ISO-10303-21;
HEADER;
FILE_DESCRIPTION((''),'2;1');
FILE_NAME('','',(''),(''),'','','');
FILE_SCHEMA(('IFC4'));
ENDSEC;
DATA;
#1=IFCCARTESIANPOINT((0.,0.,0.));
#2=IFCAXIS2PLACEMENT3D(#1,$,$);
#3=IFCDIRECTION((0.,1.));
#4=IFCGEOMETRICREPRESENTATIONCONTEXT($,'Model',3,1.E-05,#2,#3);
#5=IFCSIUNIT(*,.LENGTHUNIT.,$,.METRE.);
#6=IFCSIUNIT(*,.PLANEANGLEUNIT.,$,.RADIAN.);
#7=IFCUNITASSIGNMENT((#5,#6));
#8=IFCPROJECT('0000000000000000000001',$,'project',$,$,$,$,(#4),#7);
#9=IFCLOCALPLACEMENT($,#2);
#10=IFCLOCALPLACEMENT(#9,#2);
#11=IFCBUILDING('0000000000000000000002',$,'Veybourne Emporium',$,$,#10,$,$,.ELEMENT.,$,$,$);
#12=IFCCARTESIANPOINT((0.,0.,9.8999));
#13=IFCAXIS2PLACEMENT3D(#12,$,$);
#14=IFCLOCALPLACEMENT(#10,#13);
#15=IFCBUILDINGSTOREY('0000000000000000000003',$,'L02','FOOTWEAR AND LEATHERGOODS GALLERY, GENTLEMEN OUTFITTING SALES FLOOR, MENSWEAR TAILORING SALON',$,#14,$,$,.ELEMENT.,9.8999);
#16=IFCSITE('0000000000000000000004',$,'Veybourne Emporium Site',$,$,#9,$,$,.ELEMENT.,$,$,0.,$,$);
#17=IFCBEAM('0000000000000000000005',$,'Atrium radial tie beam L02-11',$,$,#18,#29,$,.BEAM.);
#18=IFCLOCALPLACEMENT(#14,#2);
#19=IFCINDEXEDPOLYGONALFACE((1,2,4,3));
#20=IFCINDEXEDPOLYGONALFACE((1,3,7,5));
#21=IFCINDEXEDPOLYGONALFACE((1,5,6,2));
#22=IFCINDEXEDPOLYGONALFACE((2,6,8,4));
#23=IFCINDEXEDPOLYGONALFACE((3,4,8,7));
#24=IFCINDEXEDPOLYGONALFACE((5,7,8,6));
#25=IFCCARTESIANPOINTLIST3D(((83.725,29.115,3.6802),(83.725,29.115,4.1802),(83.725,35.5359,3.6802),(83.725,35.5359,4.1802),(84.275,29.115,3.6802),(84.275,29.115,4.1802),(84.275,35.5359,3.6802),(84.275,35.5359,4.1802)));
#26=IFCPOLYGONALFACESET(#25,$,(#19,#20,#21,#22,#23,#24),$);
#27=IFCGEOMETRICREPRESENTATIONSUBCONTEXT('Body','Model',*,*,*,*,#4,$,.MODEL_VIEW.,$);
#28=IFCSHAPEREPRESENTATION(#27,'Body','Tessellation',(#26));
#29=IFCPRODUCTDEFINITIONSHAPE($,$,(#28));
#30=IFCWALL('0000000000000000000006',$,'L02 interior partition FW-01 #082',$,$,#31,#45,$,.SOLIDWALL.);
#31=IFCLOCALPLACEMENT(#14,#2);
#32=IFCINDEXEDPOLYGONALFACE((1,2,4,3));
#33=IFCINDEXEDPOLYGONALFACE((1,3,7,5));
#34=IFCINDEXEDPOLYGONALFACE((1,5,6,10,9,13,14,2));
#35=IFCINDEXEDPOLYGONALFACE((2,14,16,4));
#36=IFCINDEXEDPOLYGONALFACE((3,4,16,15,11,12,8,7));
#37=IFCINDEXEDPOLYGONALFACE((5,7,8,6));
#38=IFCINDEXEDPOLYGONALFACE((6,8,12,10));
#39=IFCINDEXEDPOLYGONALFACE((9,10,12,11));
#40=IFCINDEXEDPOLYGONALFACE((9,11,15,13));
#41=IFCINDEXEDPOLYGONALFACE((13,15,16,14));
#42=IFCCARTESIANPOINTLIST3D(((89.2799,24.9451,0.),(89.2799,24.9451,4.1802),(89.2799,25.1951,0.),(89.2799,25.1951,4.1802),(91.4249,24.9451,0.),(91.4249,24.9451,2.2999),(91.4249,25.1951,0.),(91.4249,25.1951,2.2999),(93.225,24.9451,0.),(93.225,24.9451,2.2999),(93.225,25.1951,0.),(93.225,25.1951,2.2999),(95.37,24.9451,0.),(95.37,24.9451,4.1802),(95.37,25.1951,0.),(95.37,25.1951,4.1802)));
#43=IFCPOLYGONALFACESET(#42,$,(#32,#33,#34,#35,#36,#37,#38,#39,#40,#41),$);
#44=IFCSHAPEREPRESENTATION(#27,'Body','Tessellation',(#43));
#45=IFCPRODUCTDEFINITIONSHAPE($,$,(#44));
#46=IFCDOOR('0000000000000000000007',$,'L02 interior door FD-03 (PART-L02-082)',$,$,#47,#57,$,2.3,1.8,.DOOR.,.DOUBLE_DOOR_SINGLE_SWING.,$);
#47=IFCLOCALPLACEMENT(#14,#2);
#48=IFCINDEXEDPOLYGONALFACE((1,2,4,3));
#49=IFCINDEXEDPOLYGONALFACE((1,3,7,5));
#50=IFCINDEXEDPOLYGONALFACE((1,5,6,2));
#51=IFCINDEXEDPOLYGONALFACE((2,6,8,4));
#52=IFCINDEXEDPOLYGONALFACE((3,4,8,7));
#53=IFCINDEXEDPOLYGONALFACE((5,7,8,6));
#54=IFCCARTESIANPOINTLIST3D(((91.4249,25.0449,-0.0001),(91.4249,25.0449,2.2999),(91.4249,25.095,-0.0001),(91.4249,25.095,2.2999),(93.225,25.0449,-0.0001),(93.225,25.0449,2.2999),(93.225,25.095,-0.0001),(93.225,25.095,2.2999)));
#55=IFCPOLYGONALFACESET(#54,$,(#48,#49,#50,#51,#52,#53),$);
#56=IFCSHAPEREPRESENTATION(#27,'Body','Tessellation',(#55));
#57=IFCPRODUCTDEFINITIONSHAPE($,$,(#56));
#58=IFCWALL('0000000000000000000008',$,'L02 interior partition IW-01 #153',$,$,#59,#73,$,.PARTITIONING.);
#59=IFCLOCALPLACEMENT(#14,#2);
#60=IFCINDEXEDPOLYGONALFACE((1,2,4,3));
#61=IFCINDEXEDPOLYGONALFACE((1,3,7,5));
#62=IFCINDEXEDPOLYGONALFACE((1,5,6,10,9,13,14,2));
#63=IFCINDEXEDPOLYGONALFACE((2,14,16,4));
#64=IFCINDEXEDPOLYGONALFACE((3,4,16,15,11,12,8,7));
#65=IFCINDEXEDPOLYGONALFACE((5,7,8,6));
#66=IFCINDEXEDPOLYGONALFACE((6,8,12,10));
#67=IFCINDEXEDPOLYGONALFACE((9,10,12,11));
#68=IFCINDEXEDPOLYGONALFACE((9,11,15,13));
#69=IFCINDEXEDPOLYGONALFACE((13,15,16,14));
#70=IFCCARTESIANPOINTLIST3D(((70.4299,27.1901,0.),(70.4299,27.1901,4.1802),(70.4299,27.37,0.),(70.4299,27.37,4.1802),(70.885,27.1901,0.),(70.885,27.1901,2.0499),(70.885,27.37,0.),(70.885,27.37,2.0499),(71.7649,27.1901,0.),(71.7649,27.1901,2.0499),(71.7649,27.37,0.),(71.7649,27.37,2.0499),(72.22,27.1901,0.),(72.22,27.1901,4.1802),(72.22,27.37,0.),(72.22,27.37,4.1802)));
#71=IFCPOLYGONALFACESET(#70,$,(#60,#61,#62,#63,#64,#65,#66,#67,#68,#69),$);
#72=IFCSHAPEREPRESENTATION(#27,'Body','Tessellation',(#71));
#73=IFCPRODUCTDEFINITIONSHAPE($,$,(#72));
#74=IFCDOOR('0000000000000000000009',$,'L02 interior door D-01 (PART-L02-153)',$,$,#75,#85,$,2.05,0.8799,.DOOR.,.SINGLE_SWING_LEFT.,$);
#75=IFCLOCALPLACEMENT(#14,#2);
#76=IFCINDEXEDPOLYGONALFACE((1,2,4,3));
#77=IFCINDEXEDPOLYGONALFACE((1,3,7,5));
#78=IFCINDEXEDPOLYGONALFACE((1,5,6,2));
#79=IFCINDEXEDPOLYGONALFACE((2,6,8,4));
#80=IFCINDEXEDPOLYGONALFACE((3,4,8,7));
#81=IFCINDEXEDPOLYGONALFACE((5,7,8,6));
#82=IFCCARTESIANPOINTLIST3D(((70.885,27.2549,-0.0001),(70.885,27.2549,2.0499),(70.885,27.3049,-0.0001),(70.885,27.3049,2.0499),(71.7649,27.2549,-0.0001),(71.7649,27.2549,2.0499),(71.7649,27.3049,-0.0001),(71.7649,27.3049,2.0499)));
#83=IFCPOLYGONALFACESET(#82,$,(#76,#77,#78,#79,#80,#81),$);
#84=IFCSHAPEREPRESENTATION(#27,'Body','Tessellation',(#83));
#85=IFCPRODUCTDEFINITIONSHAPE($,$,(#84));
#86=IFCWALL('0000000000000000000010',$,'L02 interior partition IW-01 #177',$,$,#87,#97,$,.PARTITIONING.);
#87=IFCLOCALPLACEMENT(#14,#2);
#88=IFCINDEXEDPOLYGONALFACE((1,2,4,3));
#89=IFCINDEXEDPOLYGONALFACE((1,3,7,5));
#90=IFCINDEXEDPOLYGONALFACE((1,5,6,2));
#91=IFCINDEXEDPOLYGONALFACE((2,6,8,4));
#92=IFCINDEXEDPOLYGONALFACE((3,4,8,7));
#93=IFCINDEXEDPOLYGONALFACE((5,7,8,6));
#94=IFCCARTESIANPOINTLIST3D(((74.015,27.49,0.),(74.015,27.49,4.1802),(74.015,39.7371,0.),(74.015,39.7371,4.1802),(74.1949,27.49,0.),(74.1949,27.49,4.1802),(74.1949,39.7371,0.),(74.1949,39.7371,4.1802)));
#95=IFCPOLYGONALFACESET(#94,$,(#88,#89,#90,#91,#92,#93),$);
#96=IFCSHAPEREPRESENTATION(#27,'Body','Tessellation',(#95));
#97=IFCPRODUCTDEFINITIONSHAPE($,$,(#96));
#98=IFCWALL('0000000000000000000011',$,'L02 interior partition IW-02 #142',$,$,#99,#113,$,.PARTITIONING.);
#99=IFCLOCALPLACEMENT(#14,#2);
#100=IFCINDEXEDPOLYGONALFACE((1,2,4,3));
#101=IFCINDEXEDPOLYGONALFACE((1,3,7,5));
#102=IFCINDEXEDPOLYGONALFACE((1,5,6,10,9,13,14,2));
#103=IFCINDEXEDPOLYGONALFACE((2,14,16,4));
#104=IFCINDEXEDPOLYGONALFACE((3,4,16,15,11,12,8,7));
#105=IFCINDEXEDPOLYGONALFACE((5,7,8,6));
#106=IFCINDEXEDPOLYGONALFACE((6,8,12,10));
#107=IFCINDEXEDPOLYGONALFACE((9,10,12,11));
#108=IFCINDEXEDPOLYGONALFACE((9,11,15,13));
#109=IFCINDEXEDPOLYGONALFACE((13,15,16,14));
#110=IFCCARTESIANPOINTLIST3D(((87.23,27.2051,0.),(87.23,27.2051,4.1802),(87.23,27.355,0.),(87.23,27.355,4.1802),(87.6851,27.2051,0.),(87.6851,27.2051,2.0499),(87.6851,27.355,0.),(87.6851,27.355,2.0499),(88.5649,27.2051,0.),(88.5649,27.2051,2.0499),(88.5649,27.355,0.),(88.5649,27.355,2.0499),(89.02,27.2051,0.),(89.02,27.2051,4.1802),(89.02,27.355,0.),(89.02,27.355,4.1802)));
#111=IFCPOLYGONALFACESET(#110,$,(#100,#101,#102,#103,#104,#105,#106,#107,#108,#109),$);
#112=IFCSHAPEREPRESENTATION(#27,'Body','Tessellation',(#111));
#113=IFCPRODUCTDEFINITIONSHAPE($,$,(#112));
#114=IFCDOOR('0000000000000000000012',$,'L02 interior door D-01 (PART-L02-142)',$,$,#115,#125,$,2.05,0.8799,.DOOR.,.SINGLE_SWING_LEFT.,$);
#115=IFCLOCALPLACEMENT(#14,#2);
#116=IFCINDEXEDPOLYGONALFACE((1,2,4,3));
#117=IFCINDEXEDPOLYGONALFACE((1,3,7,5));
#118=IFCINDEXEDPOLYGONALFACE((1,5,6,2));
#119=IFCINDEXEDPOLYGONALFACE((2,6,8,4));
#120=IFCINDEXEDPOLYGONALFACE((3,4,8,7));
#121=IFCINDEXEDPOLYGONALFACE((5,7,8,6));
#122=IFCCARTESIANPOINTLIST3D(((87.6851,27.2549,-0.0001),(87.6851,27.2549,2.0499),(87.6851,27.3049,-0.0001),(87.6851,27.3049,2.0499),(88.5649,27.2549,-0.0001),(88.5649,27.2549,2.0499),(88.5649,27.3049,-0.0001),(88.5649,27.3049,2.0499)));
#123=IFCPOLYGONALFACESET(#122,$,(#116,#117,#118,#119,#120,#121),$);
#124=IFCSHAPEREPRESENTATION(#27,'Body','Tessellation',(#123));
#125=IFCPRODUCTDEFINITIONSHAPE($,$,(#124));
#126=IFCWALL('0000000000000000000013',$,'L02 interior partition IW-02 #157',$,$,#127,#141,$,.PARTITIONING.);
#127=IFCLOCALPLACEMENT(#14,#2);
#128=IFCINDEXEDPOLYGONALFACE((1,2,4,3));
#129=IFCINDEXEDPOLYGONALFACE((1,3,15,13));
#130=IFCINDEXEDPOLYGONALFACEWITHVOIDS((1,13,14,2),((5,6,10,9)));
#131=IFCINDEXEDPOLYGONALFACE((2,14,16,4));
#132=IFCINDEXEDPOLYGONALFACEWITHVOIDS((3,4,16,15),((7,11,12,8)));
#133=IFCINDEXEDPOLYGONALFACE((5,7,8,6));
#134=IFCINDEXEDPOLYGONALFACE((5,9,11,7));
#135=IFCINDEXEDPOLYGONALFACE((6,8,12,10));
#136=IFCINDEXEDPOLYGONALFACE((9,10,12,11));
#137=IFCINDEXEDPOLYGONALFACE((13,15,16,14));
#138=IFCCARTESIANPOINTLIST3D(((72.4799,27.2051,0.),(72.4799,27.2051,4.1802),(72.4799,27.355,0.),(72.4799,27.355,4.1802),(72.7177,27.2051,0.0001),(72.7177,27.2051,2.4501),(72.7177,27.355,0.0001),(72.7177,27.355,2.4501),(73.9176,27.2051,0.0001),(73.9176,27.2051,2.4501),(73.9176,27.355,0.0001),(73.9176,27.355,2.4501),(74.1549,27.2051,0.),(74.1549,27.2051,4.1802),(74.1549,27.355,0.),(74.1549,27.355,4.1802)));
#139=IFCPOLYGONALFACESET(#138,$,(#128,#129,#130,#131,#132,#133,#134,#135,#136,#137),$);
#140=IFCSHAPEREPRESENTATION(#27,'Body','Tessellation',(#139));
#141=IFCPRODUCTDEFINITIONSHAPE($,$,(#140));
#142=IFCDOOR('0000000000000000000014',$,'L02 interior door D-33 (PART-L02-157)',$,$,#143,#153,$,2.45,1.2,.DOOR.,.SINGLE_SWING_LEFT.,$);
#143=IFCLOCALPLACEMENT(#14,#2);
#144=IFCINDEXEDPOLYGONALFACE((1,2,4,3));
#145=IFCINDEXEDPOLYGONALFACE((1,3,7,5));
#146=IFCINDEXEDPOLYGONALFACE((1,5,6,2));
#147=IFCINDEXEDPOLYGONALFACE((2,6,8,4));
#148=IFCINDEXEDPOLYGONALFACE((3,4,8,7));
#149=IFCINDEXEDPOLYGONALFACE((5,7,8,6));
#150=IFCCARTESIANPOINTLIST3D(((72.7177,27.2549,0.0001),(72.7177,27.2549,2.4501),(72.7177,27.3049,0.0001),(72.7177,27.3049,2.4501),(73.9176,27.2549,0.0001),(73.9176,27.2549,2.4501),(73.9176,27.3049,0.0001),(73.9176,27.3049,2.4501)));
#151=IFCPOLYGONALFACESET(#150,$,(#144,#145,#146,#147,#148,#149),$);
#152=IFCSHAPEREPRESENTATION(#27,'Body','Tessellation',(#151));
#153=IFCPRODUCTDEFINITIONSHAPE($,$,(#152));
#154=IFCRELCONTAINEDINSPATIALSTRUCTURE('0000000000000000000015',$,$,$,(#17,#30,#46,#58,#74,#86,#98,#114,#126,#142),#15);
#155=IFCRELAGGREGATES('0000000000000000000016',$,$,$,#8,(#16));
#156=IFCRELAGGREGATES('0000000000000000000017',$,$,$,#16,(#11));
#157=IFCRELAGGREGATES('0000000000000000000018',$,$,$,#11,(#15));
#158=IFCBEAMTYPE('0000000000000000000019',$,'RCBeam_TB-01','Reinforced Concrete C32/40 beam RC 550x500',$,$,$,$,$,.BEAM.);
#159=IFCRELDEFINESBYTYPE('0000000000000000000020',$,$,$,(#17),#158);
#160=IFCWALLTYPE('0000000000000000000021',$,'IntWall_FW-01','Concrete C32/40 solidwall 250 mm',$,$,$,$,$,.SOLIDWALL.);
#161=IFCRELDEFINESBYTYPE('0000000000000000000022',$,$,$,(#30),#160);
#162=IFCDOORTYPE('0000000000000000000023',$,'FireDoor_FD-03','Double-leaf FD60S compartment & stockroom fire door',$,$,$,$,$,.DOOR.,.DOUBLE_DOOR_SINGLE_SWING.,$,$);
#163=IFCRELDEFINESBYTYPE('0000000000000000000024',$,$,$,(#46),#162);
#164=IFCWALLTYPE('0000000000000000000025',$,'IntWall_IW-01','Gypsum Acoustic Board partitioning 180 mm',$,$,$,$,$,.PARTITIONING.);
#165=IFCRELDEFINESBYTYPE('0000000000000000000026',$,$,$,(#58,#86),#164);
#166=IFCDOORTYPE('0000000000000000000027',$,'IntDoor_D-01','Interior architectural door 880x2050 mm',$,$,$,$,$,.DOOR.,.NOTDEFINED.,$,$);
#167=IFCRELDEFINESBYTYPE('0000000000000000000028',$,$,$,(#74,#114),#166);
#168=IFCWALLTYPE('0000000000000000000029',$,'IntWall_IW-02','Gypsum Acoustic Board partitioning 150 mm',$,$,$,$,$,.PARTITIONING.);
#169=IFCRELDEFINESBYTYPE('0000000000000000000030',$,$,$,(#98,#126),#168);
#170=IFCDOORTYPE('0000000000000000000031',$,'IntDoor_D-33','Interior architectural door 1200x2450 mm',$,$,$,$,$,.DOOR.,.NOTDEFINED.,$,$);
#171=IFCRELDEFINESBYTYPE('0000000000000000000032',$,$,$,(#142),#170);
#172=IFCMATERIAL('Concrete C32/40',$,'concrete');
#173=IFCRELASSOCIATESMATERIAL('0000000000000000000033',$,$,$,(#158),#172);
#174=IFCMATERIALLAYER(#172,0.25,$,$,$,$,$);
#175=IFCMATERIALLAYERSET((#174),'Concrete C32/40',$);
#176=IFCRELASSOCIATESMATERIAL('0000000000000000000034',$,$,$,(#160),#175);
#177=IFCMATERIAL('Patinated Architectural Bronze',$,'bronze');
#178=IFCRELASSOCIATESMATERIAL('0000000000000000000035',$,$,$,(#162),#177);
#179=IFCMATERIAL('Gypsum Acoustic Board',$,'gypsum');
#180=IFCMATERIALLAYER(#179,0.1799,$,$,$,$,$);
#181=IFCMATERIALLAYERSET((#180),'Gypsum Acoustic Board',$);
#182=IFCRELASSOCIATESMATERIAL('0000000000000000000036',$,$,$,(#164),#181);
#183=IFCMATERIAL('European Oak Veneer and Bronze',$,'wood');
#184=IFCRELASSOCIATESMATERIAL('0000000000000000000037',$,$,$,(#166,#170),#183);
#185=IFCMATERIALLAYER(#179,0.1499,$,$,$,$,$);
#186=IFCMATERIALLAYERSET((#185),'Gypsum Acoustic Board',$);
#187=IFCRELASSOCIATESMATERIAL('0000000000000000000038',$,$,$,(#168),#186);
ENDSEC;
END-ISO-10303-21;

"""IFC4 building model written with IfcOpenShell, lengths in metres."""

from ifc_helpers import new_model, si_unit, direction, frame, frame_2d, origin, origin_2d, place, context, subcontext, project, spatial, rectangle, extrude, material, layer, layer_set, material_profile, profile_set, type_object, element, fill, save


model = new_model("IFC4")

# Units and contexts
model_context = context("Model", 3, precision=1e-05, world=origin(), true_north=direction((0.0, 1.0)))
body_context = subcontext(model_context, "Body", "Model", "MODEL_VIEW")
ifc_project = project(units=[si_unit("LENGTHUNIT", "METRE"), si_unit("PLANEANGLEUNIT", "RADIAN")], contexts=[model_context])

# Site, building, storey
site_placement = place(None, origin())
site = spatial("IfcSite", under=ifc_project, at=site_placement, Name="Veybourne Emporium Site", CompositionType="ELEMENT", RefElevation=0.0)
building_placement = place(site_placement, origin())
building = spatial("IfcBuilding", under=site, at=building_placement, Name="Veybourne Emporium", CompositionType="ELEMENT")
storey_placement = place(building_placement, frame((0.0, 0.0, 9.8999)))
storey = spatial("IfcBuildingStorey", under=building, at=storey_placement, Name="L02", Description="FOOTWEAR AND LEATHERGOODS GALLERY, GENTLEMEN OUTFITTING SALES FLOOR, MENSWEAR TAILORING SALON", CompositionType="ELEMENT", Elevation=9.8999)

# Beam
ifc_material_1 = material(Name="Concrete C32/40", Category="concrete")
ifc_material_profile_1 = material_profile(ifc_material_1, rectangle(XDim=0.55, YDim=0.5, at=origin_2d()), Name="RC 550x500")
ifc_profile_set_1 = profile_set([ifc_material_profile_1], Name="Concrete C32/40")
beam_type_1 = type_object("IfcBeamType", Name="RCBeam_TB-01", Description="Reinforced Concrete C32/40 beam RC 550x500", PredefinedType="BEAM", material=ifc_profile_set_1)
beam_1_placement = place(storey_placement, frame((84.0, 35.5359, 3.9302), z_axis=(0.0, -1.0, 0.0), x_axis=(1.0, 0.0, 0.0)))
element("IfcBeam", 1, at=beam_1_placement, inside=storey, type_object=beam_type_1, Name="Atrium radial tie beam L02-11", PredefinedType="BEAM", context=body_context, shape_type="SweptSolid", body=[
    extrude(rectangle(XDim=0.55, YDim=0.5, at=origin_2d()), origin(), (0.0, 0.0, 1.0), 6.4209),
])

# Walls, openings, doors
ifc_layer_1 = layer(ifc_material_1, 0.25)
ifc_layer_set_1 = layer_set([ifc_layer_1], Name="Concrete C32/40")
wall_type_1 = type_object("IfcWallType", Name="IntWall_FW-01", Description="Concrete C32/40 solidwall 250 mm", PredefinedType="SOLIDWALL", material=ifc_layer_set_1)
wall_1_placement = place(storey_placement, frame((89.28, 25.0701, 0.0), z_axis=(0.0, 0.0, 1.0), x_axis=(1.0, 0.0, 0.0)))
wall_1 = element("IfcWall", 2, at=wall_1_placement, inside=storey, type_object=wall_type_1, Name="L02 interior partition FW-01 #082", PredefinedType="SOLIDWALL", context=body_context, shape_type="SweptSolid", body=[
    extrude(rectangle(XDim=6.0901, YDim=0.25, at=frame_2d((3.0449, 0.0))), origin(), (0.0, 0.0, 1.0), 4.1802),
])
opening_1_placement = place(wall_1_placement, frame((2.145, 0.0, 0.0)))
opening_1 = element("IfcOpeningElement", 3, at=opening_1_placement, cuts=wall_1, PredefinedType="OPENING", context=body_context, shape_type="SweptSolid", body=[
    extrude(rectangle(XDim=1.8, YDim=2.3, at=frame_2d((0.8999, 1.1499))), frame((0.0, 0.145, 0.0), z_axis=(0.0, -1.0, 0.0), x_axis=(1.0, 0.0, 0.0)), (0.0, 0.0, 1.0), 0.29),
])
ifc_material_2 = material(Name="Patinated Architectural Bronze", Category="bronze")
door_type_1 = type_object("IfcDoorType", Name="FireDoor_FD-03", Description="Double-leaf FD60S compartment & stockroom fire door", OperationType="DOUBLE_DOOR_SINGLE_SWING", PredefinedType="DOOR", material=ifc_material_2)
door_1_placement = place(opening_1_placement, origin())
door_1 = element("IfcDoor", 4, at=door_1_placement, inside=storey, type_object=door_type_1, Name="L02 interior door FD-03 (PART-L02-082)", OperationType="DOUBLE_DOOR_SINGLE_SWING", OverallHeight=2.3, OverallWidth=1.8, PredefinedType="DOOR", context=body_context, shape_type="SweptSolid", body=[
    extrude(rectangle(XDim=1.8, YDim=2.3, at=frame_2d((0.8999, 1.1499))), frame((0.0, 0.0249, 0.0), z_axis=(0.0, -1.0, 0.0), x_axis=(1.0, 0.0, 0.0)), (0.0, 0.0, 1.0), 0.05),
])
fill(opening_1, door_1)
ifc_material_3 = material(Name="Gypsum Acoustic Board", Category="gypsum")
ifc_layer_2 = layer(ifc_material_3, 0.1799)
ifc_layer_set_2 = layer_set([ifc_layer_2], Name="Gypsum Acoustic Board")
wall_type_2 = type_object("IfcWallType", Name="IntWall_IW-01", Description="Gypsum Acoustic Board partitioning 180 mm", PredefinedType="PARTITIONING", material=ifc_layer_set_2)
wall_2_placement = place(storey_placement, frame((70.4299, 27.28, 0.0), z_axis=(0.0, 0.0, 1.0), x_axis=(1.0, 0.0, 0.0)))
wall_2 = element("IfcWall", 5, at=wall_2_placement, inside=storey, type_object=wall_type_2, Name="L02 interior partition IW-01 #153", PredefinedType="PARTITIONING", context=body_context, shape_type="SweptSolid", body=[
    extrude(rectangle(XDim=1.79, YDim=0.1799, at=frame_2d((0.895, 0.0))), origin(), (0.0, 0.0, 1.0), 4.1802),
])
opening_2_placement = place(wall_2_placement, frame((0.4551, 0.0, 0.0)))
opening_2 = element("IfcOpeningElement", 6, at=opening_2_placement, cuts=wall_2, PredefinedType="OPENING", context=body_context, shape_type="SweptSolid", body=[
    extrude(rectangle(XDim=0.8799, YDim=2.05, at=frame_2d((0.4399, 1.0249))), frame((0.0, 0.1099, 0.0), z_axis=(0.0, -1.0, 0.0), x_axis=(1.0, 0.0, 0.0)), (0.0, 0.0, 1.0), 0.22),
])
ifc_material_4 = material(Name="European Oak Veneer and Bronze", Category="wood")
door_type_2 = type_object("IfcDoorType", Name="IntDoor_D-01", Description="Interior architectural door 880x2050 mm", OperationType="NOTDEFINED", PredefinedType="DOOR", material=ifc_material_4)
door_2_placement = place(opening_2_placement, origin())
door_2 = element("IfcDoor", 7, at=door_2_placement, inside=storey, type_object=door_type_2, Name="L02 interior door D-01 (PART-L02-153)", OperationType="SINGLE_SWING_LEFT", OverallHeight=2.05, OverallWidth=0.8799, PredefinedType="DOOR", context=body_context, shape_type="SweptSolid", body=[
    extrude(rectangle(XDim=0.8799, YDim=2.05, at=frame_2d((0.4399, 1.0249))), frame((0.0, 0.0249, 0.0), z_axis=(0.0, -1.0, 0.0), x_axis=(1.0, 0.0, 0.0)), (0.0, 0.0, 1.0), 0.05),
])
fill(opening_2, door_2)

# Wall
wall_3_placement = place(storey_placement, frame((74.105, 27.49, 0.0), z_axis=(0.0, 0.0, 1.0), x_axis=(0.0, 1.0, 0.0)))
element("IfcWall", 8, at=wall_3_placement, inside=storey, type_object=wall_type_2, Name="L02 interior partition IW-01 #177", PredefinedType="PARTITIONING", context=body_context, shape_type="SweptSolid", body=[
    extrude(rectangle(XDim=12.2471, YDim=0.1799, at=frame_2d((6.1235, 0.0))), origin(), (0.0, 0.0, 1.0), 4.1802),
])

# Walls, openings, doors
ifc_layer_3 = layer(ifc_material_3, 0.1499)
ifc_layer_set_3 = layer_set([ifc_layer_3], Name="Gypsum Acoustic Board")
wall_type_3 = type_object("IfcWallType", Name="IntWall_IW-02", Description="Gypsum Acoustic Board partitioning 150 mm", PredefinedType="PARTITIONING", material=ifc_layer_set_3)
wall_4_placement = place(storey_placement, frame((87.23, 27.28, 0.0), z_axis=(0.0, 0.0, 1.0), x_axis=(1.0, 0.0, 0.0)))
wall_4 = element("IfcWall", 9, at=wall_4_placement, inside=storey, type_object=wall_type_3, Name="L02 interior partition IW-02 #142", PredefinedType="PARTITIONING", context=body_context, shape_type="SweptSolid", body=[
    extrude(rectangle(XDim=1.79, YDim=0.1499, at=frame_2d((0.895, 0.0))), origin(), (0.0, 0.0, 1.0), 4.1802),
])
opening_3_placement = place(wall_4_placement, frame((0.4551, 0.0, 0.0)))
opening_3 = element("IfcOpeningElement", 10, at=opening_3_placement, cuts=wall_4, PredefinedType="OPENING", context=body_context, shape_type="SweptSolid", body=[
    extrude(rectangle(XDim=0.8799, YDim=2.05, at=frame_2d((0.4399, 1.0249))), frame((0.0, 0.095, 0.0), z_axis=(0.0, -1.0, 0.0), x_axis=(1.0, 0.0, 0.0)), (0.0, 0.0, 1.0), 0.1899),
])
door_3_placement = place(opening_3_placement, origin())
door_3 = element("IfcDoor", 11, at=door_3_placement, inside=storey, type_object=door_type_2, Name="L02 interior door D-01 (PART-L02-142)", OperationType="SINGLE_SWING_LEFT", OverallHeight=2.05, OverallWidth=0.8799, PredefinedType="DOOR", context=body_context, shape_type="SweptSolid", body=[
    extrude(rectangle(XDim=0.8799, YDim=2.05, at=frame_2d((0.4399, 1.0249))), frame((0.0, 0.0249, 0.0), z_axis=(0.0, -1.0, 0.0), x_axis=(1.0, 0.0, 0.0)), (0.0, 0.0, 1.0), 0.05),
])
fill(opening_3, door_3)
wall_5_placement = place(storey_placement, frame((72.48, 27.28, 0.0), z_axis=(0.0, 0.0, 1.0), x_axis=(1.0, 0.0, 0.0)))
wall_5 = element("IfcWall", 12, at=wall_5_placement, inside=storey, type_object=wall_type_3, Name="L02 interior partition IW-02 #157", PredefinedType="PARTITIONING", context=body_context, shape_type="SweptSolid", body=[
    extrude(rectangle(XDim=1.675, YDim=0.1499, at=frame_2d((0.8374, 0.0))), origin(), (0.0, 0.0, 1.0), 4.1802),
])
opening_4_placement = place(wall_5_placement, frame((0.2375, 0.0, 0.0)))
opening_4 = element("IfcOpeningElement", 13, at=opening_4_placement, cuts=wall_5, PredefinedType="OPENING", context=body_context, shape_type="SweptSolid", body=[
    extrude(rectangle(XDim=1.2, YDim=2.45, at=frame_2d((0.6001, 1.2251))), frame((0.0, 0.095, 0.0), z_axis=(0.0, -1.0, 0.0), x_axis=(1.0, 0.0, 0.0)), (0.0, 0.0, 1.0), 0.1899),
])
door_type_3 = type_object("IfcDoorType", Name="IntDoor_D-33", Description="Interior architectural door 1200x2450 mm", OperationType="NOTDEFINED", PredefinedType="DOOR", material=ifc_material_4)
door_4_placement = place(opening_4_placement, origin())
door_4 = element("IfcDoor", 14, at=door_4_placement, inside=storey, type_object=door_type_3, Name="L02 interior door D-33 (PART-L02-157)", OperationType="SINGLE_SWING_LEFT", OverallHeight=2.45, OverallWidth=1.2, PredefinedType="DOOR", context=body_context, shape_type="SweptSolid", body=[
    extrude(rectangle(XDim=1.2, YDim=2.45, at=frame_2d((0.6001, 1.2251))), frame((0.0, 0.0249, 0.0), z_axis=(0.0, -1.0, 0.0), x_axis=(1.0, 0.0, 0.0)), (0.0, 0.0, 1.0), 0.05),
])
fill(opening_4, door_4)

save(model, "model.ifc")
